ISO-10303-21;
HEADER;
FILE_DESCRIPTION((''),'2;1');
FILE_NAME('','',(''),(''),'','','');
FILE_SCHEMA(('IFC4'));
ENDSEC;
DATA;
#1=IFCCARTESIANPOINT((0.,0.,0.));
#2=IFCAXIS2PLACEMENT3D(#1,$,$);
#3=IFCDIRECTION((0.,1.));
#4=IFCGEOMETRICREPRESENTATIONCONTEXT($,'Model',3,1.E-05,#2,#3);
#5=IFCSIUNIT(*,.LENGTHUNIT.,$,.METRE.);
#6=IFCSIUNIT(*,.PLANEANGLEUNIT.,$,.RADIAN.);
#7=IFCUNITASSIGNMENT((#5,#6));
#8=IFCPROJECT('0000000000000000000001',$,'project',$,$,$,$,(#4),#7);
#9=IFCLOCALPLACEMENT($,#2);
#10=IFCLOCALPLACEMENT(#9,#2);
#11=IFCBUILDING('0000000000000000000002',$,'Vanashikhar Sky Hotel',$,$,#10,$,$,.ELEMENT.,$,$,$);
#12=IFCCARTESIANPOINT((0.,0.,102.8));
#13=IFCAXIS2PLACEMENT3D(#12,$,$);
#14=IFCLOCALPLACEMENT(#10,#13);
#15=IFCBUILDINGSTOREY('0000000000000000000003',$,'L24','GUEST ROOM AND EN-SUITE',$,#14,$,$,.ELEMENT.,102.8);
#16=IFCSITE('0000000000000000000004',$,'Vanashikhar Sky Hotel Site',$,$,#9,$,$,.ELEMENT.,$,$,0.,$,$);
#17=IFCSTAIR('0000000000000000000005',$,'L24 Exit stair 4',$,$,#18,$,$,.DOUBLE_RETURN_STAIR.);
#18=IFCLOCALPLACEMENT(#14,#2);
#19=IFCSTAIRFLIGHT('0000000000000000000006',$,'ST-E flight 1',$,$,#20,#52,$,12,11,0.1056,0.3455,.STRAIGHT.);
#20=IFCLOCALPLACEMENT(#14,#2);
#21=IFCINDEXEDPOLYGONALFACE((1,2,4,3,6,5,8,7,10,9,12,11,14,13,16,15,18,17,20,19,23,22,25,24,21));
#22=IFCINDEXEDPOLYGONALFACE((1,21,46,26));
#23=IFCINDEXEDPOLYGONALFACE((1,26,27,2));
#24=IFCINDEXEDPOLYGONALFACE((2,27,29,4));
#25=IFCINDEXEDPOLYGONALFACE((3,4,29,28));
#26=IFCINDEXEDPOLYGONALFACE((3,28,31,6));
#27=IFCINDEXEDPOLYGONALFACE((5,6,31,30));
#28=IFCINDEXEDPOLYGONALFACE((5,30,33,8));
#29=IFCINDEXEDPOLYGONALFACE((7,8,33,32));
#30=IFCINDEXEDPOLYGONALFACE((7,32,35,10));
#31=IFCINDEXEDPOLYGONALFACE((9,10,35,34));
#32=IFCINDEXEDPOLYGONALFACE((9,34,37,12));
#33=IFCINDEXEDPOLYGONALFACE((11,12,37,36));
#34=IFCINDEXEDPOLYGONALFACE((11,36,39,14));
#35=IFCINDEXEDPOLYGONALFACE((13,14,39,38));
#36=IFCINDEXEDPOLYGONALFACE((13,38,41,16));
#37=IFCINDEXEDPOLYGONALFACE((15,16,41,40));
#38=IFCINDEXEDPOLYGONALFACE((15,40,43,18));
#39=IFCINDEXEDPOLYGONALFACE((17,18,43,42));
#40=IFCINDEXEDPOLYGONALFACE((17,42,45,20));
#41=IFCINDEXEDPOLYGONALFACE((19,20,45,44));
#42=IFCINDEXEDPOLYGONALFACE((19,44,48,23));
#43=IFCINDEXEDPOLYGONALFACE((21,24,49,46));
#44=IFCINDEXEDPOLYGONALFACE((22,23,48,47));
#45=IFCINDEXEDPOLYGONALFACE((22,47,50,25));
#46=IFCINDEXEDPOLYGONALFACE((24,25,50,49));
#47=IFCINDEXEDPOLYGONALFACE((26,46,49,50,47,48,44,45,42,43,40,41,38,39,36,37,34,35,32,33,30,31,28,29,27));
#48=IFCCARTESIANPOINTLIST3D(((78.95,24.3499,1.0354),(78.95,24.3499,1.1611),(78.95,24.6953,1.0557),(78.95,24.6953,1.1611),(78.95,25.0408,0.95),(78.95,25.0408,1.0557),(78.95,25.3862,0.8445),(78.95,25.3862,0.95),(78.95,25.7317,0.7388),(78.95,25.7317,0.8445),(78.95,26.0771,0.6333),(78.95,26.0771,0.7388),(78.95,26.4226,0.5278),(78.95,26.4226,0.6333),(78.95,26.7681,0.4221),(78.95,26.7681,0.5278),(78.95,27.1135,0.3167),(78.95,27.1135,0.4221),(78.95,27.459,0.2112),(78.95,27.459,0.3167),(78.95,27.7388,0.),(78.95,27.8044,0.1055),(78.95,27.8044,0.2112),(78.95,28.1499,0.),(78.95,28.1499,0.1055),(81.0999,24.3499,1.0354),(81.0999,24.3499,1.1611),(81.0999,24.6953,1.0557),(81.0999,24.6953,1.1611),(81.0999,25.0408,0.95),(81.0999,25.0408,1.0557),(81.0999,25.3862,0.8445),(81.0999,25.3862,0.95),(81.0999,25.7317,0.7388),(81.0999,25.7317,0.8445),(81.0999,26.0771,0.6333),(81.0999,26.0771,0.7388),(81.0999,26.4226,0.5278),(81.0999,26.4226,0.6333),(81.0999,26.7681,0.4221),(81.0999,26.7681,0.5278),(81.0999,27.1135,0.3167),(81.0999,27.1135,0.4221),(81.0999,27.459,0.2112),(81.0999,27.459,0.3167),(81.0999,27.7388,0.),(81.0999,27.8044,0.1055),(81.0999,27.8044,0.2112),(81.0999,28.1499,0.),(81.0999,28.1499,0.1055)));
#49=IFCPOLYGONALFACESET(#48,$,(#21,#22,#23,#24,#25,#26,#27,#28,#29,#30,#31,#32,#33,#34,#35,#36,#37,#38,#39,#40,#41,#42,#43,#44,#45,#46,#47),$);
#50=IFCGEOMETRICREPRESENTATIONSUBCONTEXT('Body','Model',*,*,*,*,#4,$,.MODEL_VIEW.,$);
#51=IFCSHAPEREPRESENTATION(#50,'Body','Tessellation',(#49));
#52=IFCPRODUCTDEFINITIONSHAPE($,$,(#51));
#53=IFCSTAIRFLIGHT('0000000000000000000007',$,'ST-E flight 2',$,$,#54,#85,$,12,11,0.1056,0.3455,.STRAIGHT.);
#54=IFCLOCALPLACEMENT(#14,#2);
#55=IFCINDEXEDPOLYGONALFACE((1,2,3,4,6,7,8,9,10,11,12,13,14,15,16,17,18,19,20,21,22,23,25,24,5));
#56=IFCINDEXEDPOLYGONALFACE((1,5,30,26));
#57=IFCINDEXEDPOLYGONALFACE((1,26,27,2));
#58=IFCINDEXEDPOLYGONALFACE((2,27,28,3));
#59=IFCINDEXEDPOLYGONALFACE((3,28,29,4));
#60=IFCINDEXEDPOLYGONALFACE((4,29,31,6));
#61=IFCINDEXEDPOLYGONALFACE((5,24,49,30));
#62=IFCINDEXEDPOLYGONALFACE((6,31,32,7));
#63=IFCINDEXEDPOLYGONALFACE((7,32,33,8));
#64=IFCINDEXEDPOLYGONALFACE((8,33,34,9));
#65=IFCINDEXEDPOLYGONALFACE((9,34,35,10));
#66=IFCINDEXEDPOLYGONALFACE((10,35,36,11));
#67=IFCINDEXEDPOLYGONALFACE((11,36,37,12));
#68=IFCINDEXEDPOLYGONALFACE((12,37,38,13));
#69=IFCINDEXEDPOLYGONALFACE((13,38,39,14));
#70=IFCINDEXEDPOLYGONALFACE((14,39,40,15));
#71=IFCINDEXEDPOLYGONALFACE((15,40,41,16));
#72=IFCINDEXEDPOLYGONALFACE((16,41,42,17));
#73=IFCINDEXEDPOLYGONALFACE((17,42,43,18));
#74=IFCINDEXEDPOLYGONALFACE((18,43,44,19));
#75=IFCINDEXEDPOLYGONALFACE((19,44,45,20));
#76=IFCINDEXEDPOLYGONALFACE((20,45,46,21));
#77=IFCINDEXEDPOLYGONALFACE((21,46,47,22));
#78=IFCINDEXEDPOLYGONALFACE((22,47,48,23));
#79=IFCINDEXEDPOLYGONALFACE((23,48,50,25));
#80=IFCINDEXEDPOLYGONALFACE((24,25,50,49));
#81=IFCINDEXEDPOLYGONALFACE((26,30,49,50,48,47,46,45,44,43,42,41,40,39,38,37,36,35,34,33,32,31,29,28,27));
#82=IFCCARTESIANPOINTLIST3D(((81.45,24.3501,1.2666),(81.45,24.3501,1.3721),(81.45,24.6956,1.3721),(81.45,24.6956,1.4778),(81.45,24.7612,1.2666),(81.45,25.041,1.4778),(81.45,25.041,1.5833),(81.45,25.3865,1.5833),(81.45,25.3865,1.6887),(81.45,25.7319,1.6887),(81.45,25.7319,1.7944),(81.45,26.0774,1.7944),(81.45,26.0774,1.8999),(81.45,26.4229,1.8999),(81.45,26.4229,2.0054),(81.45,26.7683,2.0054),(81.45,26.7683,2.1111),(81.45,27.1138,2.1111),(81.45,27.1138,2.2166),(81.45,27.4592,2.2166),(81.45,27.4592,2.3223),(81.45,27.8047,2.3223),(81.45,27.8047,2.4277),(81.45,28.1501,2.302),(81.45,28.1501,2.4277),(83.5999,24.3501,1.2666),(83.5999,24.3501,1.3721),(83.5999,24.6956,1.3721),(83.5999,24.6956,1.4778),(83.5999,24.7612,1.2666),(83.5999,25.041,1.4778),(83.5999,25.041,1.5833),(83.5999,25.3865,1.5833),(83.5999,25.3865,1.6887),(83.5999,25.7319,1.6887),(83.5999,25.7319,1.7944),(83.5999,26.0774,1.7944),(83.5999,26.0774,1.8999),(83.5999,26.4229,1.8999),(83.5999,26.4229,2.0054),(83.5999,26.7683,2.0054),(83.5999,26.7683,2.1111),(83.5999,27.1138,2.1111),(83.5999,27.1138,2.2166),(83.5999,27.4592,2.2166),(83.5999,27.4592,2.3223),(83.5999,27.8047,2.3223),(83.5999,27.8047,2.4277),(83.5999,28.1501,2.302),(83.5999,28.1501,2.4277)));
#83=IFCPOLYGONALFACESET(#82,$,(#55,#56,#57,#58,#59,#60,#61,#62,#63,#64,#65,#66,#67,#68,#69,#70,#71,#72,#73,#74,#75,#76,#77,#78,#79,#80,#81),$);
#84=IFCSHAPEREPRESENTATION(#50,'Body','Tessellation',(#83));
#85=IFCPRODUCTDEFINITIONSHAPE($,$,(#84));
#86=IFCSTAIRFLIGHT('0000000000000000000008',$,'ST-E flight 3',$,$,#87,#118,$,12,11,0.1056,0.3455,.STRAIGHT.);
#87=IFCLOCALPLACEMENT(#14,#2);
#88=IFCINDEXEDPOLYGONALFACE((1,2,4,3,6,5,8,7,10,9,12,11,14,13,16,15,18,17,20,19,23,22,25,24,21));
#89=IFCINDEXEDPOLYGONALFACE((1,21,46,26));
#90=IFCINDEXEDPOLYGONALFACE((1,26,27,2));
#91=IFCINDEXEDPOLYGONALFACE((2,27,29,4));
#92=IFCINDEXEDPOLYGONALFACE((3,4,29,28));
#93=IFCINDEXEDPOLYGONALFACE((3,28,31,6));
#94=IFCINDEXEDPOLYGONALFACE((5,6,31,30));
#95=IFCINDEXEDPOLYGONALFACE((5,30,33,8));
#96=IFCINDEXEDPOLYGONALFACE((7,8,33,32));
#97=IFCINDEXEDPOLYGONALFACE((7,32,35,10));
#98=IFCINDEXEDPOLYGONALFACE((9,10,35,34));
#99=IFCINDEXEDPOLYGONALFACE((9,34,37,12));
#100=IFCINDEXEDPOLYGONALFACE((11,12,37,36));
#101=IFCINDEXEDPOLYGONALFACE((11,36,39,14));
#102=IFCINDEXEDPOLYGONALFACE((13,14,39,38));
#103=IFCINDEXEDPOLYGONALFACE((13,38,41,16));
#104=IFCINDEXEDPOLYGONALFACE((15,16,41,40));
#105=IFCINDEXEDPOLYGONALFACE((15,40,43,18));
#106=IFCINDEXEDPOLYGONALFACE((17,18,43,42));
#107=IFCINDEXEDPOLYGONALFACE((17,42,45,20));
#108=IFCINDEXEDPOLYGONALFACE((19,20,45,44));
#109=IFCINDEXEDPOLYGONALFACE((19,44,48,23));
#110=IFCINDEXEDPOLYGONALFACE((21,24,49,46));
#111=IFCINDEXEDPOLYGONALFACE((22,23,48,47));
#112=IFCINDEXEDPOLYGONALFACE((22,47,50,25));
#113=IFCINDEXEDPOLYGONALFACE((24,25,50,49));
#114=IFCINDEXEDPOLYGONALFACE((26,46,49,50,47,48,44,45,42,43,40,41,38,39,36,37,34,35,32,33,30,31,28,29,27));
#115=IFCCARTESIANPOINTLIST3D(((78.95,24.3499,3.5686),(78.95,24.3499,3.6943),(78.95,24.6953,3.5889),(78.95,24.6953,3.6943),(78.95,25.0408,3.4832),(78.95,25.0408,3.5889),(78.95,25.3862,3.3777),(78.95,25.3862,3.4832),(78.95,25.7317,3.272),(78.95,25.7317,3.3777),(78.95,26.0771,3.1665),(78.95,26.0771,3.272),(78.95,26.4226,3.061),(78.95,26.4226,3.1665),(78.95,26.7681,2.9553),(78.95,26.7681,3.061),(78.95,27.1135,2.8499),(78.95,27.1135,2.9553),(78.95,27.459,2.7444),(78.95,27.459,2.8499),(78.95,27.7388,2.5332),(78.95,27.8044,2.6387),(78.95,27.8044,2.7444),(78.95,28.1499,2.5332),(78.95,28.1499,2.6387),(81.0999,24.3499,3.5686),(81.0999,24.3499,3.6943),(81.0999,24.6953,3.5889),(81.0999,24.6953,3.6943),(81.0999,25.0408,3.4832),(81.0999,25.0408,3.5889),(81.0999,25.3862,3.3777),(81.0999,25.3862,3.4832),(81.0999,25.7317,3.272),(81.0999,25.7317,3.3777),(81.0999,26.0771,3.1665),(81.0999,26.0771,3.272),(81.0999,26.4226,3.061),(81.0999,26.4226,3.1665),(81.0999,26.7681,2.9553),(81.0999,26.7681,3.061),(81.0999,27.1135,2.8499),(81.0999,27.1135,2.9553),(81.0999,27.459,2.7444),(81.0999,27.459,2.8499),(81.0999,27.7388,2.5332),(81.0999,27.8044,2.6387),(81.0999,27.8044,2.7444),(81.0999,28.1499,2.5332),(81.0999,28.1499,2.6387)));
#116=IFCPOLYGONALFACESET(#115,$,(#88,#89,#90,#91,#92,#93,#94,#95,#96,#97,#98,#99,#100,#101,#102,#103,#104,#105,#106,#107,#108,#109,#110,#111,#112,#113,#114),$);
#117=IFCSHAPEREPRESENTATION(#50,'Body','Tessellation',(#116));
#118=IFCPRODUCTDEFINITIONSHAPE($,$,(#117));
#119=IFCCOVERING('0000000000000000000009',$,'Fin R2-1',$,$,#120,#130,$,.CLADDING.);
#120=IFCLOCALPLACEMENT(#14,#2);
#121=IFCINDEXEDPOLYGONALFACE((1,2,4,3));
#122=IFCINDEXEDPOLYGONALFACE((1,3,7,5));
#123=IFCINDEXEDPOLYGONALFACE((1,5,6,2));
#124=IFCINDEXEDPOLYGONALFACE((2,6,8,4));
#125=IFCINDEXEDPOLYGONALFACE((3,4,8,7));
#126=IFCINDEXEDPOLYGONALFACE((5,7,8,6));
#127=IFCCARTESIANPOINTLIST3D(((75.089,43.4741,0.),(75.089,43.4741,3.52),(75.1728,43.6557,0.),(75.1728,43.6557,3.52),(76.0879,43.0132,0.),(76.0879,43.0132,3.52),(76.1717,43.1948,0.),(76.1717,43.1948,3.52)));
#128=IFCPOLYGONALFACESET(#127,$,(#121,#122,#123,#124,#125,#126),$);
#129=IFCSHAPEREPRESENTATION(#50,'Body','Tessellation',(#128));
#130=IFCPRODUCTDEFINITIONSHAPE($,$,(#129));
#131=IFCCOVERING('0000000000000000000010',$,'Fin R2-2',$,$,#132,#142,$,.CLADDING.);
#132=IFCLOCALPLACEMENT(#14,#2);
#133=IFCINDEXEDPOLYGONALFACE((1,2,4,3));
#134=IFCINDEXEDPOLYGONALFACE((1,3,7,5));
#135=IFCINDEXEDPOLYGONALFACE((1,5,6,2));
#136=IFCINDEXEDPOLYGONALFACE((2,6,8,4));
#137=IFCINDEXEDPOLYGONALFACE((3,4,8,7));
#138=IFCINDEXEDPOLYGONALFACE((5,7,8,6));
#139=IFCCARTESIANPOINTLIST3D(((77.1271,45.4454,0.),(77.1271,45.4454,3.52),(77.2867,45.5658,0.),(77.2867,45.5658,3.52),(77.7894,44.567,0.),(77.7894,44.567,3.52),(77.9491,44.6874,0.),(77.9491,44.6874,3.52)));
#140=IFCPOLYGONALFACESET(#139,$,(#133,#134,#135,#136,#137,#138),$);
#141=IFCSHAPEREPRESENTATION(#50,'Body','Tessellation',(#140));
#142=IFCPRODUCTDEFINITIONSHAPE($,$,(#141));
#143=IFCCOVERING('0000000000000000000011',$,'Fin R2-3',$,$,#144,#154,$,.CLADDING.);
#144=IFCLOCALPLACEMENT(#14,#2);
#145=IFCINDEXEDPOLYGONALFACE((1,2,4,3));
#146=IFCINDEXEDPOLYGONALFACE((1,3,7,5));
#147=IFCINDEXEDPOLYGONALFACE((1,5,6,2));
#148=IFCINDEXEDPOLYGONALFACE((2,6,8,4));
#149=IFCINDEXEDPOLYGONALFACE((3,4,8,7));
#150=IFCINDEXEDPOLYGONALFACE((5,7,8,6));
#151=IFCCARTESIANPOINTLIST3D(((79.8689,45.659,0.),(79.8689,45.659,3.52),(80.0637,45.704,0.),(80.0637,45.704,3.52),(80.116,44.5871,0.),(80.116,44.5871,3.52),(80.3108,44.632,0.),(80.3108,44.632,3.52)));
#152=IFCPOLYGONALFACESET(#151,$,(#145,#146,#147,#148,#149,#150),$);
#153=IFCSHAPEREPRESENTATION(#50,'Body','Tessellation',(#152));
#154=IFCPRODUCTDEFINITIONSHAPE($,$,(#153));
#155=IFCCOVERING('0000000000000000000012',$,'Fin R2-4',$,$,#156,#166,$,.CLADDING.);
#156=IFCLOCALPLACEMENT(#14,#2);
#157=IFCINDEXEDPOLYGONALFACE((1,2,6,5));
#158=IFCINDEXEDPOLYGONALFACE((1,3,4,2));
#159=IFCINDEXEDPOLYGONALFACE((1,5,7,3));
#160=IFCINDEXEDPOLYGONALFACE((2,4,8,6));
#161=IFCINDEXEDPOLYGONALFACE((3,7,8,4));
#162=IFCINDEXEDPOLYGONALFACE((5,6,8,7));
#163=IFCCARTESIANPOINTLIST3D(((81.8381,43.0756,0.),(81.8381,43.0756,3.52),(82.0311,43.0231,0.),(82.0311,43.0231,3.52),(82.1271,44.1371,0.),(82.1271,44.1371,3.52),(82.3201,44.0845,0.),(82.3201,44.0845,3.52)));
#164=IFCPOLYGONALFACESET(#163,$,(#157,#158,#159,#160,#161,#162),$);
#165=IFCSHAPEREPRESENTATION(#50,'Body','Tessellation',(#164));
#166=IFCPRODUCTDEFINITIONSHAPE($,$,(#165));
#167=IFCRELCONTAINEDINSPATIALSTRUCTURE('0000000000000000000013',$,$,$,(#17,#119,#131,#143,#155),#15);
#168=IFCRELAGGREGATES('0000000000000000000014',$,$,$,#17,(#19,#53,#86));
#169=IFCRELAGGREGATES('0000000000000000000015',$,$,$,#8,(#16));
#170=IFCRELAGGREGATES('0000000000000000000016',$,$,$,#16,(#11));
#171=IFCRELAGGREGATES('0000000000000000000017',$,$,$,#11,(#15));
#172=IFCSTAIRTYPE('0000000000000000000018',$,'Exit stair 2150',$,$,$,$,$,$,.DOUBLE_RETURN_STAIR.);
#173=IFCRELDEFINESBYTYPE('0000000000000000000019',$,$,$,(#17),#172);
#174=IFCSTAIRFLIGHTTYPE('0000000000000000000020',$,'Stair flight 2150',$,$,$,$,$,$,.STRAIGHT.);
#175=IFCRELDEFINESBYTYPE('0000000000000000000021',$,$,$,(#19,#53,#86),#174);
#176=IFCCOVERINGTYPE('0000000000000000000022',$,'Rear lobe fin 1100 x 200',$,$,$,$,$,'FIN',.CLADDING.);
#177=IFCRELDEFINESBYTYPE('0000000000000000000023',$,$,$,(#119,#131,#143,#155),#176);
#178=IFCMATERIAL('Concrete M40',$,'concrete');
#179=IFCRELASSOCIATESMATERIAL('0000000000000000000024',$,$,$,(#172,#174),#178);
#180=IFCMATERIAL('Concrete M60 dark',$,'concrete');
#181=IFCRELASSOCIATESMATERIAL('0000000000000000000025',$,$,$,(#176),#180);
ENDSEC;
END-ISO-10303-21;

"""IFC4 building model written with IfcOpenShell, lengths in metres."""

from ifc_helpers import new_model, si_unit, direction, frame, origin, origin_2d, place, context, subcontext, project, spatial, polyline, rectangle, outline, extrude, source, transform, mapped, material, material_profile, profile_set, type_object, element, aggregate, save


model = new_model("IFC4")

# Units and contexts
model_context = context("Model", 3, precision=1e-05, world=origin(), true_north=direction((0.0, 1.0)))
body_context = subcontext(model_context, "Body", "Model", "MODEL_VIEW")
ifc_project = project(units=[si_unit("LENGTHUNIT", "METRE"), si_unit("PLANEANGLEUNIT", "RADIAN")], contexts=[model_context])

# Site, building, storey
site_placement = place(None, origin())
site = spatial("IfcSite", under=ifc_project, at=site_placement, Name="Vanashikhar Sky Hotel Site", CompositionType="ELEMENT", RefElevation=0.0)
building_placement = place(site_placement, origin())
building = spatial("IfcBuilding", under=site, at=building_placement, Name="Vanashikhar Sky Hotel", CompositionType="ELEMENT")
storey_placement = place(building_placement, frame((0.0, 0.0, 102.8)))
storey = spatial("IfcBuildingStorey", under=building, at=storey_placement, Name="L24", Description="GUEST ROOM AND EN-SUITE", CompositionType="ELEMENT", Elevation=102.8)

# Stair, stair flights
ifc_material_1 = material(Name="Concrete M40", Category="concrete")
stair_type = type_object("IfcStairType", Name="Exit stair 2150", PredefinedType="DOUBLE_RETURN_STAIR", material=ifc_material_1)
stair_placement = place(storey_placement, origin())
stair = element("IfcStair", 1, at=stair_placement, inside=storey, type_object=stair_type, Name="L24 Exit stair 4", PredefinedType="DOUBLE_RETURN_STAIR")
stair_flight_type = type_object("IfcStairFlightType", Name="Stair flight 2150", PredefinedType="STRAIGHT", material=ifc_material_1)
shared_shape_1 = source(origin(), body_context, "Body", "SweptSolid", [
    extrude(outline(polyline([(0.0, 0.0), (0.0, 0.1055), (0.3455, 0.1055), (0.3455, 0.2112), (0.6909, 0.2112), (0.6909, 0.3167), (1.0364, 0.3167), (1.0364, 0.4221), (1.3818, 0.4221), (1.3818, 0.5278), (1.7273, 0.5278), (1.7273, 0.6333), (2.0728, 0.6333), (2.0728, 0.7388), (2.4182, 0.7388), (2.4182, 0.8445), (2.7637, 0.8445), (2.7637, 0.95), (3.1091, 0.95), (3.1091, 1.0557), (3.4546, 1.0557), (3.4546, 1.1611), (3.8, 1.1611), (3.8, 1.2666), (3.8, 1.0354), (0.4111, 0.0), (0.0, 0.0)])), frame((0.0, 1.075, 0.0), z_axis=(0.0, -1.0, 0.0), x_axis=(1.0, 0.0, 0.0)), (0.0, 0.0, 1.0), 2.1499),
])
stair_flight_1_placement = place(storey_placement, frame((80.0249, 28.1499, 0.0), z_axis=(0.0, 0.0, 1.0), x_axis=(0.0, -1.0, 0.0)))
stair_flight_1 = element("IfcStairFlight", 2, at=stair_flight_1_placement, type_object=stair_flight_type, Name="ST-E flight 1", NumberOfRisers=12, NumberOfTreads=11, PredefinedType="STRAIGHT", RiserHeight=0.1056, TreadLength=0.3455, context=body_context, shape_type="MappedRepresentation", body=[
    mapped(shared_shape_1, transform((0.0, 0.0, 0.0), scale=1.0)),
])
stair_flight_2_placement = place(storey_placement, frame((82.5249, 24.3501, 1.2666), z_axis=(0.0, 0.0, 1.0), x_axis=(0.0, 1.0, 0.0)))
stair_flight_2 = element("IfcStairFlight", 3, at=stair_flight_2_placement, type_object=stair_flight_type, Name="ST-E flight 2", NumberOfRisers=12, NumberOfTreads=11, PredefinedType="STRAIGHT", RiserHeight=0.1056, TreadLength=0.3455, context=body_context, shape_type="MappedRepresentation", body=[
    mapped(shared_shape_1, transform((0.0, 0.0, 0.0), scale=1.0)),
])
stair_flight_3_placement = place(storey_placement, frame((80.0249, 28.1499, 2.5332), z_axis=(0.0, 0.0, 1.0), x_axis=(0.0, -1.0, 0.0)))
stair_flight_3 = element("IfcStairFlight", 4, at=stair_flight_3_placement, type_object=stair_flight_type, Name="ST-E flight 3", NumberOfRisers=12, NumberOfTreads=11, PredefinedType="STRAIGHT", RiserHeight=0.1056, TreadLength=0.3455, context=body_context, shape_type="MappedRepresentation", body=[
    mapped(shared_shape_1, transform((0.0, 0.0, 0.0), scale=1.0)),
])
aggregate(stair, [stair_flight_1, stair_flight_2, stair_flight_3])

# Coverings
ifc_material_2 = material(Name="Concrete M60 dark", Category="concrete")
ifc_material_profile_1 = material_profile(ifc_material_2, rectangle(XDim=1.1001, YDim=0.2, at=origin_2d()))
ifc_profile_set_1 = profile_set([ifc_material_profile_1], Name="Rear lobe fin 1100 x 200")
covering_type = type_object("IfcCoveringType", Name="Rear lobe fin 1100 x 200", ElementType="FIN", PredefinedType="CLADDING", material=ifc_profile_set_1)
shared_shape_2 = source(origin(), body_context, "Body", "SweptSolid", [
    extrude(rectangle(XDim=1.1001, YDim=0.2, at=origin_2d()), origin(), (0.0, 0.0, 1.0), 3.52),
])
for number, where, z_axis, x_axis, name in (
    (5, (75.6304, 43.3345, 0.0), (0.0, 0.0, 1.0), (-0.908004, 0.418961, 0.0), "Fin R2-1"),
    (6, (77.5381, 45.0664, 0.0), (0.0, 0.0, 1.0), (-0.602066, 0.798446, 0.0), "Fin R2-2"),
    (7, (80.0898, 45.1455, 0.0), (0.0, 0.0, 1.0), (-0.224645, 0.974441, 0.0), "Fin R2-3"),
    (8, (82.0791, 43.5801, 0.0), (0.0, 0.0, 1.0), (0.262711, 0.964874, 0.0), "Fin R2-4"),
):
    element("IfcCovering", number, at=place(storey_placement, frame(where, z_axis=z_axis, x_axis=x_axis)), inside=storey, type_object=covering_type, Name=name, PredefinedType="CLADDING", context=body_context, shape_type="MappedRepresentation", body=[
        mapped(shared_shape_2, transform((0.0, 0.0, 0.0), scale=1.0)),
    ])

save(model, "model.ifc")
